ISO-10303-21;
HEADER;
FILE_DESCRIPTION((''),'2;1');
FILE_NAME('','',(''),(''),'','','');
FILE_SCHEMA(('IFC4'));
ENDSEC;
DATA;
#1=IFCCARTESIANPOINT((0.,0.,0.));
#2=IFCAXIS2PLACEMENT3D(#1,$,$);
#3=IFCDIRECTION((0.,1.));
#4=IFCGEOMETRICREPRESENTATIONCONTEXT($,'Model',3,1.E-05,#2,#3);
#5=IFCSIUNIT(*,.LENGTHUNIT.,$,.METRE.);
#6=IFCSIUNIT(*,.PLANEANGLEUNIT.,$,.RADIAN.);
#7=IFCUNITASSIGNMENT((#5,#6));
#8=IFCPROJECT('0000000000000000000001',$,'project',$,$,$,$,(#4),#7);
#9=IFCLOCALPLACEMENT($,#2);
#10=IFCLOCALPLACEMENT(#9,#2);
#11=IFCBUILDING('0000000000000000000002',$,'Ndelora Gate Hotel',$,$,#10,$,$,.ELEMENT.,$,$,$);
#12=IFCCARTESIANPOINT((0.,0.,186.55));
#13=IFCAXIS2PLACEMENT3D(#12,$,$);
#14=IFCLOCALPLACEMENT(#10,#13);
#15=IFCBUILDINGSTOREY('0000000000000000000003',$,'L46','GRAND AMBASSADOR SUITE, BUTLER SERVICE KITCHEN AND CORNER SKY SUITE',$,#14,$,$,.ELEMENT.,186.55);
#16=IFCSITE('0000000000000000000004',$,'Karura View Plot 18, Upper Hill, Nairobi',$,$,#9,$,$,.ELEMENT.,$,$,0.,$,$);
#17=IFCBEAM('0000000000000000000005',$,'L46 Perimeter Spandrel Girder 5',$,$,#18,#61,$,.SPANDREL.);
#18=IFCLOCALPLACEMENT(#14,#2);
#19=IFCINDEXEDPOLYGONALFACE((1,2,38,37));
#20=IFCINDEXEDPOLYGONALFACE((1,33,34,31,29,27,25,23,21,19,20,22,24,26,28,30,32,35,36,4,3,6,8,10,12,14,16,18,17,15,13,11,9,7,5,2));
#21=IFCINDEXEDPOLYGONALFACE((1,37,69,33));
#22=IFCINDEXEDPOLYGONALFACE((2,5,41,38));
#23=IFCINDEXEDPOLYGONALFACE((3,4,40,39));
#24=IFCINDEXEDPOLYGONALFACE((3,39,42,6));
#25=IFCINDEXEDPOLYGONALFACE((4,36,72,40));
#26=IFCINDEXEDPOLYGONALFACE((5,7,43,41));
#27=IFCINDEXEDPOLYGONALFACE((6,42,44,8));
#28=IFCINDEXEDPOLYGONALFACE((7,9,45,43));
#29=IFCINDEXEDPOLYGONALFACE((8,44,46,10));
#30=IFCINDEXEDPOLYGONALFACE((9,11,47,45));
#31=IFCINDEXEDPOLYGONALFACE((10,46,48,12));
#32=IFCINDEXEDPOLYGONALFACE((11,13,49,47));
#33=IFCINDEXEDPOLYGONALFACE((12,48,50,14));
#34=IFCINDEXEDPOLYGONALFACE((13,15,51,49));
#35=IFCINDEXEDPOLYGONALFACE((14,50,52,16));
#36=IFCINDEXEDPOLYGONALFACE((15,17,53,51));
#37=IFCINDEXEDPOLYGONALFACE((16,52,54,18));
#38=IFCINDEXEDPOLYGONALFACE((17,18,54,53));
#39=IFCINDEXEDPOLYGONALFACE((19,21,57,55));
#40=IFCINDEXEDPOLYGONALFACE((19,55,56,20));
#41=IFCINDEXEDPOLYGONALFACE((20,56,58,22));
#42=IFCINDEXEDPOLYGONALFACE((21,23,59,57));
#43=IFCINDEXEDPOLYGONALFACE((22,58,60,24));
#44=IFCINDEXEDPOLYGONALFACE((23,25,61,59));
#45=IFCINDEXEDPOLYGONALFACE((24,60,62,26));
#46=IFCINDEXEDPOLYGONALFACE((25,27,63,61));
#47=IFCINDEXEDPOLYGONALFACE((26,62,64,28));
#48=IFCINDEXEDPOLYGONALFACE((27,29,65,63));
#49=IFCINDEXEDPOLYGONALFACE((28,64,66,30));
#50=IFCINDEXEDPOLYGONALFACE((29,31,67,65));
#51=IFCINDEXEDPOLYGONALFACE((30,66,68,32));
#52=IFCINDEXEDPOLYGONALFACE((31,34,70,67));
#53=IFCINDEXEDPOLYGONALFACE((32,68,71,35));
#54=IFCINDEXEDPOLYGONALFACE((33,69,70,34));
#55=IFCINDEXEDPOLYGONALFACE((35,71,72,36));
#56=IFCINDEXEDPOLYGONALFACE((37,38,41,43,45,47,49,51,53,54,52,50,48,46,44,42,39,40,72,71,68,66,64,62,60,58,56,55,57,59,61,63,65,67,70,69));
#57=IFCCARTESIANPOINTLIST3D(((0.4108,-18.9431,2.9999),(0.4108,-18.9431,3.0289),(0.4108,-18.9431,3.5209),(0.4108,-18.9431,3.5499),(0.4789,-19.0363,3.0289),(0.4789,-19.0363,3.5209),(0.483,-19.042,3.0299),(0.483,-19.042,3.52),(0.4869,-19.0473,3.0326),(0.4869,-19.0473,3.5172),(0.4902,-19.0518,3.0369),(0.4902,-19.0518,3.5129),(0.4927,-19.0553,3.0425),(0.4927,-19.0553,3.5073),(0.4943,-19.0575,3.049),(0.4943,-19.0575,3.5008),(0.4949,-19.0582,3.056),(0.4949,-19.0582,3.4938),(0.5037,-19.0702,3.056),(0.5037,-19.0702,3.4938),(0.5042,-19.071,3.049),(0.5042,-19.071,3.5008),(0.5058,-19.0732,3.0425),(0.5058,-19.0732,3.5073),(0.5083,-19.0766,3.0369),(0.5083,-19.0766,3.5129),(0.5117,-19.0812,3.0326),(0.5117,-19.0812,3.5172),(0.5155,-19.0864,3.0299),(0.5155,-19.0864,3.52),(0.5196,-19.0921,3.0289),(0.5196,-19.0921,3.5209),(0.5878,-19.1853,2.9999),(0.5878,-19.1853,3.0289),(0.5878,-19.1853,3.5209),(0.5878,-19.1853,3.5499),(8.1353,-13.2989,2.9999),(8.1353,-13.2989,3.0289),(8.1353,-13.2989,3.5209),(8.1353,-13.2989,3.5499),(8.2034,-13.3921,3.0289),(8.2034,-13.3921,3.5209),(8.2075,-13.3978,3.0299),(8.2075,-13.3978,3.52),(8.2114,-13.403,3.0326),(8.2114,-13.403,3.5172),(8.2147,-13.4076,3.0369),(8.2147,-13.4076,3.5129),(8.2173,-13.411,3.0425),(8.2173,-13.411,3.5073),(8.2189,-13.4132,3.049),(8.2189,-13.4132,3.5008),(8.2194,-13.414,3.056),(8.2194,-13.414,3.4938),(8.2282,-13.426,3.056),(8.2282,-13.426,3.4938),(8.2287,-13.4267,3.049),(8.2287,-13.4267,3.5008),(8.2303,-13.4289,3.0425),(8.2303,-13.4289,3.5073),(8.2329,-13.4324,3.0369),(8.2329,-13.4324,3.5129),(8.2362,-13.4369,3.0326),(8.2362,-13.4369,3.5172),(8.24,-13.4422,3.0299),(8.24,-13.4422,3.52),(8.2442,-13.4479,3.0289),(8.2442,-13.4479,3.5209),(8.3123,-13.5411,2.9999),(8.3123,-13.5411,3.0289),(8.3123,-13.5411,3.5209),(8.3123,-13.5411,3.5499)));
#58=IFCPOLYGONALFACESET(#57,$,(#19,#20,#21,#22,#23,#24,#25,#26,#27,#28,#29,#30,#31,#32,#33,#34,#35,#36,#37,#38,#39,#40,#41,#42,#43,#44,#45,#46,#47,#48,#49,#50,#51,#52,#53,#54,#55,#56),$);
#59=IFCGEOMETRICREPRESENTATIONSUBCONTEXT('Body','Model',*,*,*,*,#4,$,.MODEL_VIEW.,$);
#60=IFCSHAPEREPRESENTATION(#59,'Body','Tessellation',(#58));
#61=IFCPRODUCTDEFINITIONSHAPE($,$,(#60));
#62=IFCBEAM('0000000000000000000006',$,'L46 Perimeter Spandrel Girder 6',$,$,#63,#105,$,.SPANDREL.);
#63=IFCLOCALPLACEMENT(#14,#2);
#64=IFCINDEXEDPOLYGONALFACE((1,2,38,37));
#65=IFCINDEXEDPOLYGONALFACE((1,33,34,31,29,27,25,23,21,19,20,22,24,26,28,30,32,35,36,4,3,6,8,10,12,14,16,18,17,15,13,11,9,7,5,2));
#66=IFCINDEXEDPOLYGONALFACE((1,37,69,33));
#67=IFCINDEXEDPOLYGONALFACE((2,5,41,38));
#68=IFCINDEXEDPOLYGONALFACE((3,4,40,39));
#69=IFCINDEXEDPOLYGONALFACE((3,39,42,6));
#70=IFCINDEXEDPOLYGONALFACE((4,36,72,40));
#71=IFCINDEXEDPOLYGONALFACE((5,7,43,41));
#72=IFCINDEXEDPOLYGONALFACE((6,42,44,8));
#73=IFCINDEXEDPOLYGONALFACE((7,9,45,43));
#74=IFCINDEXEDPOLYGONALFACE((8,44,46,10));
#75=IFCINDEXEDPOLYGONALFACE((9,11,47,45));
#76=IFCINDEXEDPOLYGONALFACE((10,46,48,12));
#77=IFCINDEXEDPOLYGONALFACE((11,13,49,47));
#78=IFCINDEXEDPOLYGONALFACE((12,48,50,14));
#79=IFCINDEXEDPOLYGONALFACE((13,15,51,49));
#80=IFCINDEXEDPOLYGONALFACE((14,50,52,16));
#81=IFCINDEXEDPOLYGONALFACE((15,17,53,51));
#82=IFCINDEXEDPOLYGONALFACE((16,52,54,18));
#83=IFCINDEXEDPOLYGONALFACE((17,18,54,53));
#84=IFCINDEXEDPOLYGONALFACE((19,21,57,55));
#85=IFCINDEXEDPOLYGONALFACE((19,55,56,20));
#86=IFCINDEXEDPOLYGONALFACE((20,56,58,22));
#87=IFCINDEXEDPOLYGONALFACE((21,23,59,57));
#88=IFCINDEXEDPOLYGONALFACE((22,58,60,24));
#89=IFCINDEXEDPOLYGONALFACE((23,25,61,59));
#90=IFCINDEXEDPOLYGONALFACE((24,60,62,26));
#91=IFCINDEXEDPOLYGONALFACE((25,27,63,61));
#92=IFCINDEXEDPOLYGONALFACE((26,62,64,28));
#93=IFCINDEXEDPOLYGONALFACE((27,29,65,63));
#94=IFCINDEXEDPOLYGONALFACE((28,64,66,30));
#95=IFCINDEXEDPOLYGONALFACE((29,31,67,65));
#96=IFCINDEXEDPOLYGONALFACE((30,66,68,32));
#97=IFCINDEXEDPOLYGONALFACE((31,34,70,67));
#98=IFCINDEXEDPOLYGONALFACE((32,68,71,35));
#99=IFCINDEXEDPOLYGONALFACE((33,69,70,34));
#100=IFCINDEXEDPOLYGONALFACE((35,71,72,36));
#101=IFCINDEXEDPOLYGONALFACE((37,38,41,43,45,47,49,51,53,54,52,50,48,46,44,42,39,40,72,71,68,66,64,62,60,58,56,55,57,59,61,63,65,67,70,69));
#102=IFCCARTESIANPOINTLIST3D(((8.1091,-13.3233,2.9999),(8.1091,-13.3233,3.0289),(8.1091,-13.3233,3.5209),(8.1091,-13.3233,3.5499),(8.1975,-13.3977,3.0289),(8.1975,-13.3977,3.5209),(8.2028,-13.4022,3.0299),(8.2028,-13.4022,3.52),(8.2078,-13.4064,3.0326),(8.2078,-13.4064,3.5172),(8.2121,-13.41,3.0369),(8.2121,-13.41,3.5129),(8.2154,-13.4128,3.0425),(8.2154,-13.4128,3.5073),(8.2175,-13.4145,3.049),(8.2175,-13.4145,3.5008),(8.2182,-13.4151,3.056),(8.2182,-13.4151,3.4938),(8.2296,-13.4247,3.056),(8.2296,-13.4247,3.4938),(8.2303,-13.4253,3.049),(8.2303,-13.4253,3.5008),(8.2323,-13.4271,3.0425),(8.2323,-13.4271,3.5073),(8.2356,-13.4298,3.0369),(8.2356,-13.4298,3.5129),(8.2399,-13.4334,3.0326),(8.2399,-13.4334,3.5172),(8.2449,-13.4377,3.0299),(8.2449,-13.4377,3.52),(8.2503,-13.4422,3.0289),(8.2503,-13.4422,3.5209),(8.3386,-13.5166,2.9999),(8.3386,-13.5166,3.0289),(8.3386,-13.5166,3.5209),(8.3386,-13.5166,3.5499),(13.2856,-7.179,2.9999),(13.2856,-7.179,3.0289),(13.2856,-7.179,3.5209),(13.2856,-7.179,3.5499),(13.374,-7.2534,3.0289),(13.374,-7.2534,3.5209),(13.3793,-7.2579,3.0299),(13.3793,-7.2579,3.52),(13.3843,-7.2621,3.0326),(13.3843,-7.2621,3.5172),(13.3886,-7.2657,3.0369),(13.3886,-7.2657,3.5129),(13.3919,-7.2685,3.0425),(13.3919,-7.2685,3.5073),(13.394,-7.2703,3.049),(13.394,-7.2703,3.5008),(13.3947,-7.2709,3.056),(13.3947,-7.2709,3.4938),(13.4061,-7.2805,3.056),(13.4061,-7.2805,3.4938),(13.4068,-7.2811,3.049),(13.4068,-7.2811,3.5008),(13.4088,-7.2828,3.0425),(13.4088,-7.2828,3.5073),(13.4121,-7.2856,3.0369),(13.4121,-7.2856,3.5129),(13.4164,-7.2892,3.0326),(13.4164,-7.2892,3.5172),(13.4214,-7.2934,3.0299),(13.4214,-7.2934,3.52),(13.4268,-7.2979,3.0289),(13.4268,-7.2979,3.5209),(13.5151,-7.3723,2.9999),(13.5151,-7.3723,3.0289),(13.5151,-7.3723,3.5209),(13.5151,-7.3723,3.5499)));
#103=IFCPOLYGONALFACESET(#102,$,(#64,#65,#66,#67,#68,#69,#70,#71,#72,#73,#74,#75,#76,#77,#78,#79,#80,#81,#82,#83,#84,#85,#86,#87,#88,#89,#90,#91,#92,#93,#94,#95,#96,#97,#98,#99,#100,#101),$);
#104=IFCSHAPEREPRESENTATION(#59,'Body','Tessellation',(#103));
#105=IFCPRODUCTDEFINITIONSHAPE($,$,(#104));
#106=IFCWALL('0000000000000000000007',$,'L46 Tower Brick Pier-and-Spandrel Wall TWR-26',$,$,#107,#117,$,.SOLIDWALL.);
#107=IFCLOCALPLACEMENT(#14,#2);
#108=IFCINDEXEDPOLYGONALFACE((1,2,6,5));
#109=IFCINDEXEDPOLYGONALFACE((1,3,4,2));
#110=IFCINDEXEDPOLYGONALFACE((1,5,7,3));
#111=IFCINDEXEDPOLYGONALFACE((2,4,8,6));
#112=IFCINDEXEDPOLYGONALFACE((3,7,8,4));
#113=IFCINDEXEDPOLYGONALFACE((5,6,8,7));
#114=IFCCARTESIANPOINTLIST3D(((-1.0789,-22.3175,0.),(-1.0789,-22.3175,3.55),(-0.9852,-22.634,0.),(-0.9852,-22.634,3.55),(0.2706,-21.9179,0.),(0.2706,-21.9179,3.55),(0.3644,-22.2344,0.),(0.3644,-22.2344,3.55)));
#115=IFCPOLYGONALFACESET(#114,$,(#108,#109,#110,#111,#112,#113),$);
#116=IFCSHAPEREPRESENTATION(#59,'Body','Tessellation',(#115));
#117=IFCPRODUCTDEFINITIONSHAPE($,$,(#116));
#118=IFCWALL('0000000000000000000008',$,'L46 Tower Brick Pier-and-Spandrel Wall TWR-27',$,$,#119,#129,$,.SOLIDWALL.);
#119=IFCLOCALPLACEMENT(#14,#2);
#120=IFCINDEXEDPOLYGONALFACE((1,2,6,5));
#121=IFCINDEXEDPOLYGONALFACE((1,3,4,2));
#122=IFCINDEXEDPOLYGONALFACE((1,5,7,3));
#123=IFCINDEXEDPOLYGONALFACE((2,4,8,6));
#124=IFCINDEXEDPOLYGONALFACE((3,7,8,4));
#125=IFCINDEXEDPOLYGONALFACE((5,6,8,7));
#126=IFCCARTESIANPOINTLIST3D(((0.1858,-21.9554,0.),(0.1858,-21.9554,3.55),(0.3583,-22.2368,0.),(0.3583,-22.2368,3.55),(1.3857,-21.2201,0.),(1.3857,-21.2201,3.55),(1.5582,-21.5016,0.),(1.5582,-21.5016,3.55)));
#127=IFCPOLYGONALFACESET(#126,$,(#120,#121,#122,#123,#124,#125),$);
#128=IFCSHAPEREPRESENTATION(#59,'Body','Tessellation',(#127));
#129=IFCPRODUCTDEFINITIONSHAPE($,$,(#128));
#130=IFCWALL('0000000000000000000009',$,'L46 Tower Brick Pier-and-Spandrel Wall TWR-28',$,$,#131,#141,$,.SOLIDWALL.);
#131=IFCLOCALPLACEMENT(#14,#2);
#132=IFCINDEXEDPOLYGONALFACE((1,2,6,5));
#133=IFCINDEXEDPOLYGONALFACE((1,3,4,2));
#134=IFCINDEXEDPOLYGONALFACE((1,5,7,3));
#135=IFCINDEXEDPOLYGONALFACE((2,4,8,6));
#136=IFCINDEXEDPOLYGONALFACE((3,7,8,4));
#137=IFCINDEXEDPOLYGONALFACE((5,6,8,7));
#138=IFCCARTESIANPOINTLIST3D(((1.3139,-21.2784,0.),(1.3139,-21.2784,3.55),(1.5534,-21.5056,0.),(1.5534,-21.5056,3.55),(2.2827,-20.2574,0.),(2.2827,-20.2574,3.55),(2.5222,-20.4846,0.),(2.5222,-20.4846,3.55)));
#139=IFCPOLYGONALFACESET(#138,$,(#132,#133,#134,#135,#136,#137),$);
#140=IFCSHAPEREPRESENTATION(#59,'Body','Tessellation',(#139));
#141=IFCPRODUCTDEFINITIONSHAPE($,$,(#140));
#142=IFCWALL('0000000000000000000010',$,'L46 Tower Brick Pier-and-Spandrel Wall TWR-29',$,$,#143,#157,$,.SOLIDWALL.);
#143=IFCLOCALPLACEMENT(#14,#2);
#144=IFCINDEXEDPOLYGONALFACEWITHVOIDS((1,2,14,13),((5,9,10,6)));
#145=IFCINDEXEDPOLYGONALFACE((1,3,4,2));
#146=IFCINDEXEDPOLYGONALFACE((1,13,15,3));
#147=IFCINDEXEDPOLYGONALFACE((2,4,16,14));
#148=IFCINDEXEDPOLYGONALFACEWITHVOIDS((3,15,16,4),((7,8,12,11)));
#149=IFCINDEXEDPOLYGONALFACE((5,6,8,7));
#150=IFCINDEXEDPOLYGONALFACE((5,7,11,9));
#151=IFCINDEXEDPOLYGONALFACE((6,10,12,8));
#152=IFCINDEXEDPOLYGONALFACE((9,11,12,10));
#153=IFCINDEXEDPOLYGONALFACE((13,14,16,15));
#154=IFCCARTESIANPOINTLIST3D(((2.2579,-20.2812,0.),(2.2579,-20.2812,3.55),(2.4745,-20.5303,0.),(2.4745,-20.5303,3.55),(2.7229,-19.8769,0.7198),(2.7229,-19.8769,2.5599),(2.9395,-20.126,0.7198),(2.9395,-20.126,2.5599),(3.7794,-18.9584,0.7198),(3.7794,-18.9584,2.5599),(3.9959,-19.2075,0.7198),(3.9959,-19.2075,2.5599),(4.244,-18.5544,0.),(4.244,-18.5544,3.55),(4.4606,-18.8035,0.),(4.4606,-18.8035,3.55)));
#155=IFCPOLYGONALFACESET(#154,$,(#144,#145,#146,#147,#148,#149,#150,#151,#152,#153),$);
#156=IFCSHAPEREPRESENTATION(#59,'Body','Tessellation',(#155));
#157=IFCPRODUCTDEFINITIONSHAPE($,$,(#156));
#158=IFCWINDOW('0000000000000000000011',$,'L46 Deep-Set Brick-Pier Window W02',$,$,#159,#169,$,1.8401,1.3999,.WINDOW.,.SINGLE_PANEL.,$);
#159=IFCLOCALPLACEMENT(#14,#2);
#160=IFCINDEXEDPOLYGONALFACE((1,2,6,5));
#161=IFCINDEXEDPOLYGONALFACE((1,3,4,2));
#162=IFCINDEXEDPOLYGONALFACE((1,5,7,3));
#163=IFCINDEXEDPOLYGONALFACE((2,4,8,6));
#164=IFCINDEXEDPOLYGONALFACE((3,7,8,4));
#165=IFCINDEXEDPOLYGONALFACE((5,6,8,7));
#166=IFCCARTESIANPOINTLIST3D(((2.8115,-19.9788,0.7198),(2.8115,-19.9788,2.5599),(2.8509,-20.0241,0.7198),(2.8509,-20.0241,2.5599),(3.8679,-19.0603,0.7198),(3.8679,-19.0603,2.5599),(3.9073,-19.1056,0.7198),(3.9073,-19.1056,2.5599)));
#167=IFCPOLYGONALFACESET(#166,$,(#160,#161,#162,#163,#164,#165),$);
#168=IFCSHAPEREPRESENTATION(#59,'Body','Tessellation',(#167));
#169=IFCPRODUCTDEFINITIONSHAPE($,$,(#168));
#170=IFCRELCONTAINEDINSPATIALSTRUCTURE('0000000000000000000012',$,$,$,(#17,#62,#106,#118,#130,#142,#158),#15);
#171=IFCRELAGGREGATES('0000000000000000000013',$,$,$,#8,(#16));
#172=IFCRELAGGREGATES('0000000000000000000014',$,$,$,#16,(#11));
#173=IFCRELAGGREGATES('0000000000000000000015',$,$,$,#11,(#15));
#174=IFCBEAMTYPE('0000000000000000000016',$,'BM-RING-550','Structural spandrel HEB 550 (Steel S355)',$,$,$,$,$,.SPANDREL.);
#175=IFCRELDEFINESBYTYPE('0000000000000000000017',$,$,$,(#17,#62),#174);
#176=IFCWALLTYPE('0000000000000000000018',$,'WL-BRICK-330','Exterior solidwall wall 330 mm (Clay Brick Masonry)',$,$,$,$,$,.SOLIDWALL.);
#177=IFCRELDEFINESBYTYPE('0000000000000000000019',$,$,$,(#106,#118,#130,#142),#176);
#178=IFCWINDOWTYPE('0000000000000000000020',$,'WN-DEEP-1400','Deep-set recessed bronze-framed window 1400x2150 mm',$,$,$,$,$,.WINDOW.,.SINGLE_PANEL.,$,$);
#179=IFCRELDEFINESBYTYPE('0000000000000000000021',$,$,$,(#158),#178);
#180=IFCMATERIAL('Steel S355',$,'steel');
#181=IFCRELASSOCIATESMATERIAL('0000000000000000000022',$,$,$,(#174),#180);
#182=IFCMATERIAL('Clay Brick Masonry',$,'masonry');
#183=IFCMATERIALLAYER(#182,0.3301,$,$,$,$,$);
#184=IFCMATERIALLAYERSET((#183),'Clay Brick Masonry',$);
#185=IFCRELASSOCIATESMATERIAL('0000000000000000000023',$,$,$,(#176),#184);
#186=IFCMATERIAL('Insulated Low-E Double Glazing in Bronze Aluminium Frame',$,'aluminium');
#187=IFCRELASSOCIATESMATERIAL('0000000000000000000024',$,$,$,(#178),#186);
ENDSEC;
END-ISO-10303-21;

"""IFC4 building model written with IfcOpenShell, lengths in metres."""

from ifc_helpers import new_model, si_unit, direction, frame, frame_2d, origin, origin_2d, place, context, subcontext, project, spatial, rectangle, i_section, extrude, material, layer, layer_set, material_profile, profile_set, type_object, element, fill, save


model = new_model("IFC4")

# Units and contexts
model_context = context("Model", 3, precision=1e-05, world=origin(), true_north=direction((0.0, 1.0)))
body_context = subcontext(model_context, "Body", "Model", "MODEL_VIEW")
ifc_project = project(units=[si_unit("LENGTHUNIT", "METRE"), si_unit("PLANEANGLEUNIT", "RADIAN")], contexts=[model_context])

# Site, building, storey
site_placement = place(None, origin())
site = spatial("IfcSite", under=ifc_project, at=site_placement, Name="Karura View Plot 18, Upper Hill, Nairobi", CompositionType="ELEMENT", RefElevation=0.0)
building_placement = place(site_placement, origin())
building = spatial("IfcBuilding", under=site, at=building_placement, Name="Ndelora Gate Hotel", CompositionType="ELEMENT")
storey_placement = place(building_placement, frame((0.0, 0.0, 186.55)))
storey = spatial("IfcBuildingStorey", under=building, at=storey_placement, Name="L46", Description="GRAND AMBASSADOR SUITE, BUTLER SERVICE KITCHEN AND CORNER SKY SUITE", CompositionType="ELEMENT", Elevation=186.55)

# Beams
ifc_material_1 = material(Name="Steel S355", Category="steel")
ifc_material_profile_1 = material_profile(ifc_material_1, i_section(OverallWidth=0.3, OverallDepth=0.55, WebThickness=0.0149, FlangeThickness=0.0291, FilletRadius=0.0271, at=origin_2d()), Name="HEB 550")
ifc_profile_set_1 = profile_set([ifc_material_profile_1], Name="Steel S355")
beam_type_1 = type_object("IfcBeamType", Name="BM-RING-550", Description="Structural spandrel HEB 550 (Steel S355)", PredefinedType="SPANDREL", material=ifc_profile_set_1)
beam_1_placement = place(storey_placement, frame((0.4993, -19.0642, 3.2749), z_axis=(0.807422, 0.589974, 0.0), x_axis=(-0.589974, 0.807422, 0.0)))
element("IfcBeam", 1, at=beam_1_placement, inside=storey, type_object=beam_type_1, Name="L46 Perimeter Spandrel Girder 5", PredefinedType="SPANDREL", context=body_context, shape_type="SweptSolid", body=[
    extrude(i_section(OverallWidth=0.3, OverallDepth=0.55, WebThickness=0.0149, FlangeThickness=0.0291, FilletRadius=0.0271, at=origin_2d()), origin(), (0.0, 0.0, 1.0), 9.5669),
])
beam_2_placement = place(storey_placement, frame((8.2239, -13.4199, 3.2749), z_axis=(0.644309, 0.764765, 0.0), x_axis=(-0.764765, 0.644309, 0.0)))
element("IfcBeam", 2, at=beam_2_placement, inside=storey, type_object=beam_type_1, Name="L46 Perimeter Spandrel Girder 6", PredefinedType="SPANDREL", context=body_context, shape_type="SweptSolid", body=[
    extrude(i_section(OverallWidth=0.3, OverallDepth=0.55, WebThickness=0.0149, FlangeThickness=0.0291, FilletRadius=0.0271, at=origin_2d()), origin(), (0.0, 0.0, 1.0), 8.0342),
])

# Walls
ifc_material_2 = material(Name="Clay Brick Masonry", Category="masonry")
ifc_layer_1 = layer(ifc_material_2, 0.3301)
ifc_layer_set_1 = layer_set([ifc_layer_1], Name="Clay Brick Masonry")
wall_type_1 = type_object("IfcWallType", Name="WL-BRICK-330", Description="Exterior solidwall wall 330 mm (Clay Brick Masonry)", PredefinedType="SOLIDWALL", material=ifc_layer_set_1)
wall_1_placement = place(storey_placement, frame((0.3174, -22.0762, 0.0), z_axis=(0.0, 0.0, 1.0), x_axis=(-0.958842, -0.283941, 0.0)))
element("IfcWall", 3, at=wall_1_placement, inside=storey, type_object=wall_type_1, Name="L46 Tower Brick Pier-and-Spandrel Wall TWR-26", PredefinedType="SOLIDWALL", context=body_context, shape_type="SweptSolid", body=[
    extrude(rectangle(XDim=1.4075, YDim=0.3301, at=frame_2d((0.7036, 0.0))), origin(), (0.0, 0.0, 1.0), 3.55),
])
wall_2_placement = place(storey_placement, frame((1.4719, -21.3608, 0.0), z_axis=(0.0, 0.0, 1.0), x_axis=(-0.852634, -0.522509, 0.0)))
element("IfcWall", 4, at=wall_2_placement, inside=storey, type_object=wall_type_1, Name="L46 Tower Brick Pier-and-Spandrel Wall TWR-27", PredefinedType="SOLIDWALL", context=body_context, shape_type="SweptSolid", body=[
    extrude(rectangle(XDim=1.4072, YDim=0.3301, at=frame_2d((0.7036, 0.0))), origin(), (0.0, 0.0, 1.0), 3.55),
])
wall_3_placement = place(storey_placement, frame((2.4023, -20.3711, 0.0), z_axis=(0.0, 0.0, 1.0), x_axis=(-0.688303, -0.725424, 0.0)))
element("IfcWall", 5, at=wall_3_placement, inside=storey, type_object=wall_type_1, Name="L46 Tower Brick Pier-and-Spandrel Wall TWR-28", PredefinedType="SOLIDWALL", context=body_context, shape_type="SweptSolid", body=[
    extrude(rectangle(XDim=1.4075, YDim=0.3301, at=frame_2d((0.7036, 0.0))), origin(), (0.0, 0.0, 1.0), 3.55),
])

# Wall, opening, window
wall_4_placement = place(storey_placement, frame((4.3523, -18.679, 0.0), z_axis=(0.0, 0.0, 1.0), x_axis=(-0.754647, -0.65613, 0.0)))
wall_4 = element("IfcWall", 6, at=wall_4_placement, inside=storey, type_object=wall_type_1, Name="L46 Tower Brick Pier-and-Spandrel Wall TWR-29", PredefinedType="SOLIDWALL", context=body_context, shape_type="SweptSolid", body=[
    extrude(rectangle(XDim=2.6318, YDim=0.3301, at=frame_2d((1.3159, 0.0))), origin(), (0.0, 0.0, 1.0), 3.55),
])
opening_1_placement = place(wall_4_placement, frame((0.6157, 0.0, 0.72)))
opening_1 = element("IfcOpeningElement", 7, at=opening_1_placement, cuts=wall_4, PredefinedType="OPENING", context=body_context, shape_type="SweptSolid", body=[
    extrude(rectangle(XDim=1.3999, YDim=1.8401, at=frame_2d((0.7, 0.9199))), frame((0.0, 0.175, 0.0), z_axis=(0.0, -1.0, 0.0), x_axis=(1.0, 0.0, 0.0)), (0.0, 0.0, 1.0), 0.3501),
])
ifc_material_3 = material(Name="Insulated Low-E Double Glazing in Bronze Aluminium Frame", Category="aluminium")
window_type = type_object("IfcWindowType", Name="WN-DEEP-1400", Description="Deep-set recessed bronze-framed window 1400x2150 mm", PartitioningType="SINGLE_PANEL", PredefinedType="WINDOW", material=ifc_material_3)
window_1_placement = place(opening_1_placement, origin())
window_1 = element("IfcWindow", 8, at=window_1_placement, inside=storey, type_object=window_type, Name="L46 Deep-Set Brick-Pier Window W02", OverallHeight=1.8401, OverallWidth=1.3999, PartitioningType="SINGLE_PANEL", PredefinedType="WINDOW", context=body_context, shape_type="SweptSolid", body=[
    extrude(rectangle(XDim=1.3999, YDim=1.8401, at=frame_2d((0.7, 0.9199))), frame((0.0, 0.03, 0.0), z_axis=(0.0, -1.0, 0.0), x_axis=(1.0, 0.0, 0.0)), (0.0, 0.0, 1.0), 0.0601),
])
fill(opening_1, window_1)

save(model, "model.ifc")
